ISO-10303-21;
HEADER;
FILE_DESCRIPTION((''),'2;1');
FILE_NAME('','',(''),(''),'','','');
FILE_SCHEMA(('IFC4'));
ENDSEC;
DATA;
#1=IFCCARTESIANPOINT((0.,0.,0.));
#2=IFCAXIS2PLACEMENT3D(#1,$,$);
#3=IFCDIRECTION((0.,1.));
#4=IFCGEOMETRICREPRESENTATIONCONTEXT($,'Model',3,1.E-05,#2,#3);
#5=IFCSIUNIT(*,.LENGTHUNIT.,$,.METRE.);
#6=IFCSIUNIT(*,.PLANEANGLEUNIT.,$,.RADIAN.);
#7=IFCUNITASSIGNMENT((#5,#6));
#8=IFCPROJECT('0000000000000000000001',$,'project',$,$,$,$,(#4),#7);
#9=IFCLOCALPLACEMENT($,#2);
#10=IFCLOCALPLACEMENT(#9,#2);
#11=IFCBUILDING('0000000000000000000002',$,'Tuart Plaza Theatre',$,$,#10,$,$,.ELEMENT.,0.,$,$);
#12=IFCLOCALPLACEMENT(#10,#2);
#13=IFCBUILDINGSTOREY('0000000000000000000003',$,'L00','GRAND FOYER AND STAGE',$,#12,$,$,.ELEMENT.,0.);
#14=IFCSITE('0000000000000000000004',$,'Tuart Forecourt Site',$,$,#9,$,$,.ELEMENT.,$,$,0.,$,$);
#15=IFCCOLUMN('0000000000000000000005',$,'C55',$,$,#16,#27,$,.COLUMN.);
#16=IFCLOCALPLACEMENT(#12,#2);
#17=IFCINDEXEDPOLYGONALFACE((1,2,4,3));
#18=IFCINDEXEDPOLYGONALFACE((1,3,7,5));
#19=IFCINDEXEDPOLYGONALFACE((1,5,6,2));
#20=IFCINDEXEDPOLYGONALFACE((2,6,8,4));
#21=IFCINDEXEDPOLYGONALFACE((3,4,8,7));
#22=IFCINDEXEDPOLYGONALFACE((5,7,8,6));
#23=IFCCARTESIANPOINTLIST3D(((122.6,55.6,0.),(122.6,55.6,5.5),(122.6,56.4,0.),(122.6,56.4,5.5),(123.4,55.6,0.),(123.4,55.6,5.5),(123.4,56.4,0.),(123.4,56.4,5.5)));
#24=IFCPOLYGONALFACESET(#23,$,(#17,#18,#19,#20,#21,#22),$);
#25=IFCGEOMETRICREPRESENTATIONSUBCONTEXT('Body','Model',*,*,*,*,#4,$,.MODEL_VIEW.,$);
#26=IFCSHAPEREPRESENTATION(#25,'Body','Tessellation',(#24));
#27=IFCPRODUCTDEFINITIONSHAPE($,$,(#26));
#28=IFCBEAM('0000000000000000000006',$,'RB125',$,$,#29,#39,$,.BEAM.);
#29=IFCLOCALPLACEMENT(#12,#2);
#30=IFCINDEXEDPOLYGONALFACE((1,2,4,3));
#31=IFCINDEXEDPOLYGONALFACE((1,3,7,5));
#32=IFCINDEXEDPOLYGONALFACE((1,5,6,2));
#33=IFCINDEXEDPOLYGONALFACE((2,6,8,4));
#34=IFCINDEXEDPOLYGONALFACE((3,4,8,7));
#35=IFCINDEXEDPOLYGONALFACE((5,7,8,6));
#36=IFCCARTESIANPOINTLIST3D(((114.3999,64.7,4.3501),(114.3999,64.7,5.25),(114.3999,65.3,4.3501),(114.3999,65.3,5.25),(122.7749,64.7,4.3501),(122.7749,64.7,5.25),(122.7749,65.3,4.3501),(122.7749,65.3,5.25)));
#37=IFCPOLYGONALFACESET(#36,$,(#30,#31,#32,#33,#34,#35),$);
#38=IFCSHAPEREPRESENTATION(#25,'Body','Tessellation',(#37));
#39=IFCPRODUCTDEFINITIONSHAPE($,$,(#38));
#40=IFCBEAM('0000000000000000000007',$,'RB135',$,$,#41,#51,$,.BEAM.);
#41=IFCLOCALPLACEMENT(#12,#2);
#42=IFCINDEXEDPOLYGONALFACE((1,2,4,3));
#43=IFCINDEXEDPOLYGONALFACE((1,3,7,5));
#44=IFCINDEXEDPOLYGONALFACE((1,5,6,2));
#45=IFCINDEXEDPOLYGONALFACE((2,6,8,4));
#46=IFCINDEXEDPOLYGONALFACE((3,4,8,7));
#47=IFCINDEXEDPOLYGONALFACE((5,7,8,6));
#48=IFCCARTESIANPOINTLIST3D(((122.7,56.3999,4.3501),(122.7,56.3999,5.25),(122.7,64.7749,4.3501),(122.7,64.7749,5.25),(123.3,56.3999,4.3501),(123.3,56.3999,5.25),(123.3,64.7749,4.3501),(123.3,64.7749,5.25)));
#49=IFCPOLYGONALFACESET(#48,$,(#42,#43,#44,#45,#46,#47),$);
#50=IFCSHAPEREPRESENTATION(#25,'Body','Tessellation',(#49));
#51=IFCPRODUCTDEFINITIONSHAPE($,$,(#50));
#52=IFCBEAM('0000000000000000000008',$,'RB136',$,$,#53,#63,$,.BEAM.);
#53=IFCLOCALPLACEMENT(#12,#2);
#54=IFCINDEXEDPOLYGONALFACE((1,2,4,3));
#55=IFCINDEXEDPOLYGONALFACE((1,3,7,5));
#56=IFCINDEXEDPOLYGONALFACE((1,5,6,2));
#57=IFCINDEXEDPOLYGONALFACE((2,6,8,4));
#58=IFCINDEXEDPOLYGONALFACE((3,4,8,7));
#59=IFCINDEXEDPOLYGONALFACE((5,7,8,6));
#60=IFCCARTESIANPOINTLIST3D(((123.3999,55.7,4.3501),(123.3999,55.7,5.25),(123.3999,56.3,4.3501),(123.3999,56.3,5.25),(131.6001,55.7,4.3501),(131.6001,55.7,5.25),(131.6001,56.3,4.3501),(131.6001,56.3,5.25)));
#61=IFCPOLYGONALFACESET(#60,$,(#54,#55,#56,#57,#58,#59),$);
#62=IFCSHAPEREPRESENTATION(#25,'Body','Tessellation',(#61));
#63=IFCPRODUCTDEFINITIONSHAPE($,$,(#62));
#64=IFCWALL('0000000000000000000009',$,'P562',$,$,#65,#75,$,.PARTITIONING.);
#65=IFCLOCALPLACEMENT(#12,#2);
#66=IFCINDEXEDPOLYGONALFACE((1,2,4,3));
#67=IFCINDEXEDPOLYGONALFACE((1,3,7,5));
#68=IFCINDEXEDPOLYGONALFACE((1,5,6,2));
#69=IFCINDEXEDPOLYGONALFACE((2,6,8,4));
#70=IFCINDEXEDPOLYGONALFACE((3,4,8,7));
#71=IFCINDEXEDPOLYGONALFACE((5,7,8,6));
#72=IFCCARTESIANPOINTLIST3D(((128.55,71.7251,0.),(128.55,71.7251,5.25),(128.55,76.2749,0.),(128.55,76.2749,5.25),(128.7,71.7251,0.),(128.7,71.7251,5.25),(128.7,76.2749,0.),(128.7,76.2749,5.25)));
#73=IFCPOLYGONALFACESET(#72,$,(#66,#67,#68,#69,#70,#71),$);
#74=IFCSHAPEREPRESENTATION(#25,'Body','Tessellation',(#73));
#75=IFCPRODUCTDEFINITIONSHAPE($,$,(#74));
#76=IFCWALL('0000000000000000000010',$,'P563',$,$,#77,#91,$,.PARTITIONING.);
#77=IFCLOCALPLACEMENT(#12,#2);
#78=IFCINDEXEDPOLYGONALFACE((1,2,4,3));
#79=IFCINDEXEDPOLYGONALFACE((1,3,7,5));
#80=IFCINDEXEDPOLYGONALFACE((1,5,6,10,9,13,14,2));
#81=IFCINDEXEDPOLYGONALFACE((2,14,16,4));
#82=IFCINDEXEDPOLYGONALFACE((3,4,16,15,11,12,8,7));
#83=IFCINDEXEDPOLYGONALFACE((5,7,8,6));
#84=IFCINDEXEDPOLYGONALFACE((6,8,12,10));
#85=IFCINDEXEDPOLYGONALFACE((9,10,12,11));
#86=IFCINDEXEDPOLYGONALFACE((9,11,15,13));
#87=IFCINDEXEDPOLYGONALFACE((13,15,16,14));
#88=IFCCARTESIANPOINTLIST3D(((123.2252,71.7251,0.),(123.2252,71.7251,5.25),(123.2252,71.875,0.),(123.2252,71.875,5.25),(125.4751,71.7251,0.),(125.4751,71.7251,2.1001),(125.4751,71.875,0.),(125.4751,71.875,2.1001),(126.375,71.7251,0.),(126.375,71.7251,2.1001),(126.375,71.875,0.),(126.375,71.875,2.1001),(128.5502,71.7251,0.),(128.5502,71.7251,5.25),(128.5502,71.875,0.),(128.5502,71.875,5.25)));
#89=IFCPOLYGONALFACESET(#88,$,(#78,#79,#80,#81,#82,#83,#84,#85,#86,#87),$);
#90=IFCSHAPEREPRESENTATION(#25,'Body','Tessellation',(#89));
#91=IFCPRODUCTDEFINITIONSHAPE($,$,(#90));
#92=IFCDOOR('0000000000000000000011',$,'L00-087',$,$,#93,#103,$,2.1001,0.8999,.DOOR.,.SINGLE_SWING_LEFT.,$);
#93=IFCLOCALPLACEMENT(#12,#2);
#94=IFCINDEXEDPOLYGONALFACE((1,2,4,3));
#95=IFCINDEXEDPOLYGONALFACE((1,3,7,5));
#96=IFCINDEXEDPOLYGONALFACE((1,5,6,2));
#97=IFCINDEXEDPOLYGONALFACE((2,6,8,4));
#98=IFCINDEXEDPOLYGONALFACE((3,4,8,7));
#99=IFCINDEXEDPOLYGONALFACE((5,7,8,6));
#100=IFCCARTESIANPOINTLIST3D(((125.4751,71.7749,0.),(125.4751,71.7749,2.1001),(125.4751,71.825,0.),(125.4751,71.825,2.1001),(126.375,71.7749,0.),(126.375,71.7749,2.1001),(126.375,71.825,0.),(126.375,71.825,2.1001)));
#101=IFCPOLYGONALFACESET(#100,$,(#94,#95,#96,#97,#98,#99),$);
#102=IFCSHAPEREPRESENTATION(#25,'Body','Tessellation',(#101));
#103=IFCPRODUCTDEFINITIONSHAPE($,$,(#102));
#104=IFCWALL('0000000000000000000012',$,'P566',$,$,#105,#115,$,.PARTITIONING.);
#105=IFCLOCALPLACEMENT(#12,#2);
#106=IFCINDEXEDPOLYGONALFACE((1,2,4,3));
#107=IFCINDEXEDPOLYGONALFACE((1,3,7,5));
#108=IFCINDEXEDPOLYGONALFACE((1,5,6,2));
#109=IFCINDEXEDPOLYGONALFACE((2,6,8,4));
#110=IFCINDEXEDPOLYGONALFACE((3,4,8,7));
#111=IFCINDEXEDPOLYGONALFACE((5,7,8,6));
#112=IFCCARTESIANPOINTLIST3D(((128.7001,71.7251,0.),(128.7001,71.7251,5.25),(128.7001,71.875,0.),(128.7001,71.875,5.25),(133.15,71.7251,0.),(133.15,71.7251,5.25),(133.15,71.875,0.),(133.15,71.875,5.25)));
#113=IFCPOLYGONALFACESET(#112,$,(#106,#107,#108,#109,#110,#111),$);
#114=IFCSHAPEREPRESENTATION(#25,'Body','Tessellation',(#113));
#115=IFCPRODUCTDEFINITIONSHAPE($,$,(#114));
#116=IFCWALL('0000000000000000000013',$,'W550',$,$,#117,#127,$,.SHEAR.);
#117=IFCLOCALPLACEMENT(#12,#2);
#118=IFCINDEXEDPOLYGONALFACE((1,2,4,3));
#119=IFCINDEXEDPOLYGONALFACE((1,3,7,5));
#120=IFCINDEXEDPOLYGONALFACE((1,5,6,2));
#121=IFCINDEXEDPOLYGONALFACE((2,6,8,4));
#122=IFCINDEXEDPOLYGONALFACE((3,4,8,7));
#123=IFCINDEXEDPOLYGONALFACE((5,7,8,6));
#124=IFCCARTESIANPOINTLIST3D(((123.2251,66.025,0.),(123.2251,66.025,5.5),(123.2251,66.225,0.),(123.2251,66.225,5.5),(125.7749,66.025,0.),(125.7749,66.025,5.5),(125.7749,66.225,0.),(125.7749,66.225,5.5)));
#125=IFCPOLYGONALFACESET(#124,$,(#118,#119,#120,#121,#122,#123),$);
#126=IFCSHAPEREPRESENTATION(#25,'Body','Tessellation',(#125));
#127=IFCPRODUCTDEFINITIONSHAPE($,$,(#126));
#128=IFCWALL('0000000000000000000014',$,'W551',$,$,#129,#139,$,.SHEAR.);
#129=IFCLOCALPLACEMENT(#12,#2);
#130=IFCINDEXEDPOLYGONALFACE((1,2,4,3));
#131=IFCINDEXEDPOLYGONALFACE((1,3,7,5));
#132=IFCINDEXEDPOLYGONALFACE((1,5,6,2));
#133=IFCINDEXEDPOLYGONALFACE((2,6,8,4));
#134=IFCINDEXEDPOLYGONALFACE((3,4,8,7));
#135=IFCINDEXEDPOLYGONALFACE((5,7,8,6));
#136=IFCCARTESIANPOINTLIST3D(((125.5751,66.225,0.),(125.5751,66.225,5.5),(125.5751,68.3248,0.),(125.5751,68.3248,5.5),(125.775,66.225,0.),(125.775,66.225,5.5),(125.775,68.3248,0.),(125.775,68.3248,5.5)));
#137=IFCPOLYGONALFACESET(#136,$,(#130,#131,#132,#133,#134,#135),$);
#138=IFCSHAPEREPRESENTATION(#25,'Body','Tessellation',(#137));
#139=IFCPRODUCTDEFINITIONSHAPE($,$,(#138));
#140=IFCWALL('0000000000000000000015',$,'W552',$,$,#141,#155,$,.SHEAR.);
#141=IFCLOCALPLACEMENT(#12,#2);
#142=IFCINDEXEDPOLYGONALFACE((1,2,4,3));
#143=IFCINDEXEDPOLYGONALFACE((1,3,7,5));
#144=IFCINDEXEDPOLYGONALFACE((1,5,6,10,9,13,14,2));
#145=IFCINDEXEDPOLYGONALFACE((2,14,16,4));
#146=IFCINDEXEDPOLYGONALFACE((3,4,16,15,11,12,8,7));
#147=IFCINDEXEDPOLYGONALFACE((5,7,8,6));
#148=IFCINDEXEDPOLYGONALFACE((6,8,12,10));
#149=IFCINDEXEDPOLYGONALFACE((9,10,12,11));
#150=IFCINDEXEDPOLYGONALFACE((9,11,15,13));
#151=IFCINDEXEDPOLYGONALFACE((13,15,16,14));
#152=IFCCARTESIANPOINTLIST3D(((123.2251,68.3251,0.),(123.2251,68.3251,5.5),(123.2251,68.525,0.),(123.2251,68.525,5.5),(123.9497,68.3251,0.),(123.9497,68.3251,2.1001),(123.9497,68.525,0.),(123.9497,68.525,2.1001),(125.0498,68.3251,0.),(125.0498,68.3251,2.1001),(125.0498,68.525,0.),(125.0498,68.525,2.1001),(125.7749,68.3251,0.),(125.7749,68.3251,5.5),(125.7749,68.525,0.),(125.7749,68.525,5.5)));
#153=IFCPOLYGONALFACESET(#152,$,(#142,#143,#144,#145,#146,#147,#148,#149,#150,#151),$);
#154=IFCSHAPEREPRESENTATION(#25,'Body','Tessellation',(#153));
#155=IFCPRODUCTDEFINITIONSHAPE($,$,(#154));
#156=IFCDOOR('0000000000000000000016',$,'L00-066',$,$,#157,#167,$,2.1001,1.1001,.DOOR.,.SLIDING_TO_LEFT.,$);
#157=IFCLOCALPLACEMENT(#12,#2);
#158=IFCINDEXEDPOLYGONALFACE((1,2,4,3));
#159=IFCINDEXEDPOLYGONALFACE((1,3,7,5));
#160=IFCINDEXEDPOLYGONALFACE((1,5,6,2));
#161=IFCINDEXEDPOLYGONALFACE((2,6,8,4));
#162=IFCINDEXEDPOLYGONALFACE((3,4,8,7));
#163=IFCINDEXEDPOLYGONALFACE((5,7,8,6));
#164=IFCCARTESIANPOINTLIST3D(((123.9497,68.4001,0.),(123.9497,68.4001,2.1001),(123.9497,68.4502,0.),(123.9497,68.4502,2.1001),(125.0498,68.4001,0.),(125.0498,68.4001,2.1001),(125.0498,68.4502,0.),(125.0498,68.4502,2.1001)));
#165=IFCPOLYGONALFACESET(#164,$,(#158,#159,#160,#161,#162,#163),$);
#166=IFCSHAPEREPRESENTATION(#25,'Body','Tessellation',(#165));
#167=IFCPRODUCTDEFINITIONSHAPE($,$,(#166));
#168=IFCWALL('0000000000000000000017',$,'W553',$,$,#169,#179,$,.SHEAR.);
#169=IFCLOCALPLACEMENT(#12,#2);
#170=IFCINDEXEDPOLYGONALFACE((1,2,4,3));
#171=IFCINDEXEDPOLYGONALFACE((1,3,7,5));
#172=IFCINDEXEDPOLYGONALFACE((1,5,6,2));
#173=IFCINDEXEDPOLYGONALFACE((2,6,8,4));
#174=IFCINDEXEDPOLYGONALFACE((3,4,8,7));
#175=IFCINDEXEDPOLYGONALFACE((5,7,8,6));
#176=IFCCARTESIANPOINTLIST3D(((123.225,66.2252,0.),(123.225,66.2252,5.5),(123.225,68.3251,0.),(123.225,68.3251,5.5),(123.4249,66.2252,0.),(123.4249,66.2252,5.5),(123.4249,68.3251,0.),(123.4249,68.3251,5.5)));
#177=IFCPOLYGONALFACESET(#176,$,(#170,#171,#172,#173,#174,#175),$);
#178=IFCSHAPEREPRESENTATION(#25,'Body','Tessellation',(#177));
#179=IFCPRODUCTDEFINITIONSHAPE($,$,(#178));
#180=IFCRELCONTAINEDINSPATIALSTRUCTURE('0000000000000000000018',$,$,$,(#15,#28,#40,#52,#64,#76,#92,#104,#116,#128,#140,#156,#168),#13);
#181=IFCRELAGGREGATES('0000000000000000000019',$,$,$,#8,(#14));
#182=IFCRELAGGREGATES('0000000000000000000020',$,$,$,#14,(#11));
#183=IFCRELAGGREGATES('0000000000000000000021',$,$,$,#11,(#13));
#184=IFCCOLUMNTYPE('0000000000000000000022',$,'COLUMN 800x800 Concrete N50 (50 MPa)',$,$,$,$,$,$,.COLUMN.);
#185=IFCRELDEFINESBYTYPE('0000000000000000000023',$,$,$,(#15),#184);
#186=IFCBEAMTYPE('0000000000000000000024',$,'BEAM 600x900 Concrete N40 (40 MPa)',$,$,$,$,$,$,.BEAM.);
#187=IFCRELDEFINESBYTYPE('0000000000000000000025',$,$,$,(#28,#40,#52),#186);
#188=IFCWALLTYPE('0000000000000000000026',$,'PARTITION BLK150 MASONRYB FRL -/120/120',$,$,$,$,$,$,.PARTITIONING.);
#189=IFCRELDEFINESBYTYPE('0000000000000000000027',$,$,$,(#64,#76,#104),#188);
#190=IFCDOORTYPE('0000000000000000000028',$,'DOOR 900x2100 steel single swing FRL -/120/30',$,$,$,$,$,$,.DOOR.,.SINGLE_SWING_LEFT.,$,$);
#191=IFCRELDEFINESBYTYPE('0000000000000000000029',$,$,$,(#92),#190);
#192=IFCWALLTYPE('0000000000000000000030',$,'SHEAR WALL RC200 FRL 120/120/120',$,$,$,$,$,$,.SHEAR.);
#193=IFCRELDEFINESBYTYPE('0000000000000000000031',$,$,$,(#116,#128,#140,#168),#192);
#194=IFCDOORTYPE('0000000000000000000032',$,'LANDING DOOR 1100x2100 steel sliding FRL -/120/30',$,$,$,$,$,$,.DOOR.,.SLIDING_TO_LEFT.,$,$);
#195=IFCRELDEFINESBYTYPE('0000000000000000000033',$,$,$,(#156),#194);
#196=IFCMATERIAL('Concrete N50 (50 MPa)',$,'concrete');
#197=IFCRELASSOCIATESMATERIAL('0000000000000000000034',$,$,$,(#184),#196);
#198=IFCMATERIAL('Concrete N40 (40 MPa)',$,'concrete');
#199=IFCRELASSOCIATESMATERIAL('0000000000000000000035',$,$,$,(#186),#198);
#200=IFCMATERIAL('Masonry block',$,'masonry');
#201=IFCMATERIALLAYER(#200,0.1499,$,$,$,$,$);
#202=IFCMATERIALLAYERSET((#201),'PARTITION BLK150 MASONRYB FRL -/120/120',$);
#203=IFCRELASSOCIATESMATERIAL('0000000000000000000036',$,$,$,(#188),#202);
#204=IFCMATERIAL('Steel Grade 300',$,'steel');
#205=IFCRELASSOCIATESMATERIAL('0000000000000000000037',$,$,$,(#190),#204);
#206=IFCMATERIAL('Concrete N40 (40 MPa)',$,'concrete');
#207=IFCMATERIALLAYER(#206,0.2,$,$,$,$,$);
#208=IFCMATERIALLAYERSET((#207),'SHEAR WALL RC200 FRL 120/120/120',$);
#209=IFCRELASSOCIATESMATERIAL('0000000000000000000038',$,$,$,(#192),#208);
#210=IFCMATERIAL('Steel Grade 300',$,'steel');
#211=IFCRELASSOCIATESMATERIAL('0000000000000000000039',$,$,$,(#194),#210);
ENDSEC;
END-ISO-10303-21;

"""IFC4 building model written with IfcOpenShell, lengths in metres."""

from ifc_helpers import new_model, si_unit, direction, frame, frame_2d, origin, origin_2d, place, context, subcontext, project, spatial, rectangle, extrude, material, layer, layer_set, material_profile, profile_set, type_object, element, fill, save


model = new_model("IFC4")

# Units and contexts
model_context = context("Model", 3, precision=1e-05, world=origin(), true_north=direction((0.0, 1.0)))
body_context = subcontext(model_context, "Body", "Model", "MODEL_VIEW")
ifc_project = project(units=[si_unit("LENGTHUNIT", "METRE"), si_unit("PLANEANGLEUNIT", "RADIAN")], contexts=[model_context])

# Site, building, storey
site_placement = place(None, origin())
site = spatial("IfcSite", under=ifc_project, at=site_placement, Name="Tuart Forecourt Site", CompositionType="ELEMENT", RefElevation=0.0)
building_placement = place(site_placement, origin())
building = spatial("IfcBuilding", under=site, at=building_placement, Name="Tuart Plaza Theatre", CompositionType="ELEMENT", ElevationOfRefHeight=0.0)
storey_placement = place(building_placement, origin())
storey = spatial("IfcBuildingStorey", under=building, at=storey_placement, Name="L00", Description="GRAND FOYER AND STAGE", CompositionType="ELEMENT", Elevation=0.0)

# Column
ifc_material_1 = material(Name="Concrete N50 (50 MPa)", Category="concrete")
ifc_material_profile_1 = material_profile(ifc_material_1, rectangle(XDim=0.8, YDim=0.8, at=origin_2d()), Name="COLUMN 800x800 Concrete N50 (50 MPa)")
ifc_profile_set_1 = profile_set([ifc_material_profile_1], Name="Concrete N50 (50 MPa)")
column_type = type_object("IfcColumnType", Name="COLUMN 800x800 Concrete N50 (50 MPa)", PredefinedType="COLUMN", material=ifc_profile_set_1)
column_placement = place(storey_placement, frame((123.0, 56.0, 0.0), z_axis=(0.0, 0.0, 1.0), x_axis=(1.0, 0.0, 0.0)))
element("IfcColumn", 1, at=column_placement, inside=storey, type_object=column_type, Name="C55", PredefinedType="COLUMN", context=body_context, shape_type="SweptSolid", body=[
    extrude(rectangle(XDim=0.8, YDim=0.8, at=origin_2d()), origin(), (0.0, 0.0, 1.0), 5.5),
])

# Beams
ifc_material_2 = material(Name="Concrete N40 (40 MPa)", Category="concrete")
ifc_material_profile_2 = material_profile(ifc_material_2, rectangle(XDim=0.6001, YDim=0.8999, at=origin_2d()), Name="BEAM 600x900 Concrete N40 (40 MPa)")
ifc_profile_set_2 = profile_set([ifc_material_profile_2], Name="Concrete N40 (40 MPa)")
beam_type = type_object("IfcBeamType", Name="BEAM 600x900 Concrete N40 (40 MPa)", PredefinedType="BEAM", material=ifc_profile_set_2)
for number, where, z_axis, x_axis, name in (
    (2, (114.3999, 65.0, 4.8), (1.0, 0.0, 0.0), (0.0, 1.0, 0.0), "RB125"),
    (3, (123.0, 56.3999, 4.8), (0.0, 1.0, 0.0), (-1.0, 0.0, 0.0), "RB135"),
):
    element("IfcBeam", number, at=place(storey_placement, frame(where, z_axis=z_axis, x_axis=x_axis)), inside=storey, type_object=beam_type, Name=name, PredefinedType="BEAM", context=body_context, shape_type="SweptSolid", body=[
        extrude(rectangle(XDim=0.6001, YDim=0.8999, at=origin_2d()), origin(), (0.0, 0.0, 1.0), 8.375),
    ])
beam_placement = place(storey_placement, frame((123.3999, 56.0, 4.8), z_axis=(1.0, 0.0, 0.0), x_axis=(0.0, 1.0, 0.0)))
element("IfcBeam", 4, at=beam_placement, inside=storey, type_object=beam_type, Name="RB136", PredefinedType="BEAM", context=body_context, shape_type="SweptSolid", body=[
    extrude(rectangle(XDim=0.6001, YDim=0.8999, at=origin_2d()), origin(), (0.0, 0.0, 1.0), 8.2002),
])

# Wall
ifc_material_3 = material(Name="Masonry block", Category="masonry")
ifc_layer_1 = layer(ifc_material_3, 0.1499)
ifc_layer_set_1 = layer_set([ifc_layer_1], Name="PARTITION BLK150 MASONRYB FRL -/120/120")
wall_type_1 = type_object("IfcWallType", Name="PARTITION BLK150 MASONRYB FRL -/120/120", PredefinedType="PARTITIONING", material=ifc_layer_set_1)
wall_1_placement = place(storey_placement, frame((128.625, 71.7251, 0.0), z_axis=(0.0, 0.0, 1.0), x_axis=(0.0, 1.0, 0.0)))
element("IfcWall", 5, at=wall_1_placement, inside=storey, type_object=wall_type_1, Name="P562", PredefinedType="PARTITIONING", context=body_context, shape_type="SweptSolid", body=[
    extrude(rectangle(XDim=4.5498, YDim=0.1499, at=frame_2d((2.2749, 0.0))), origin(), (0.0, 0.0, 1.0), 5.25),
])

# Wall, opening, door
wall_2_placement = place(storey_placement, frame((123.2251, 71.8, 0.0), z_axis=(0.0, 0.0, 1.0), x_axis=(1.0, 0.0, 0.0)))
wall_2 = element("IfcWall", 6, at=wall_2_placement, inside=storey, type_object=wall_type_1, Name="P563", PredefinedType="PARTITIONING", context=body_context, shape_type="SweptSolid", body=[
    extrude(rectangle(XDim=5.325, YDim=0.1499, at=frame_2d((2.6626, 0.0))), origin(), (0.0, 0.0, 1.0), 5.25),
])
opening_1_placement = place(wall_2_placement, frame((2.25, 0.0, 0.0)))
opening_1 = element("IfcOpeningElement", 7, at=opening_1_placement, cuts=wall_2, PredefinedType="OPENING", context=body_context, shape_type="SweptSolid", body=[
    extrude(rectangle(XDim=0.8999, YDim=2.1001, at=frame_2d((0.45, 1.05))), frame((0.0, 0.085, 0.0), z_axis=(0.0, -1.0, 0.0), x_axis=(1.0, 0.0, 0.0)), (0.0, 0.0, 1.0), 0.1699),
])
ifc_material_4 = material(Name="Steel Grade 300", Category="steel")
door_type_1 = type_object("IfcDoorType", Name="DOOR 900x2100 steel single swing FRL -/120/30", OperationType="SINGLE_SWING_LEFT", PredefinedType="DOOR", material=ifc_material_4)
door_1_placement = place(opening_1_placement, origin())
door_1 = element("IfcDoor", 8, at=door_1_placement, inside=storey, type_object=door_type_1, Name="L00-087", OperationType="SINGLE_SWING_LEFT", OverallHeight=2.1001, OverallWidth=0.8999, PredefinedType="DOOR", context=body_context, shape_type="SweptSolid", body=[
    extrude(rectangle(XDim=0.8999, YDim=2.1001, at=frame_2d((0.45, 1.05))), frame((0.0, 0.0249, 0.0), z_axis=(0.0, -1.0, 0.0), x_axis=(1.0, 0.0, 0.0)), (0.0, 0.0, 1.0), 0.05),
])
fill(opening_1, door_1)

# Walls
wall_3_placement = place(storey_placement, frame((128.7, 71.8, 0.0), z_axis=(0.0, 0.0, 1.0), x_axis=(1.0, 0.0, 0.0)))
element("IfcWall", 9, at=wall_3_placement, inside=storey, type_object=wall_type_1, Name="P566", PredefinedType="PARTITIONING", context=body_context, shape_type="SweptSolid", body=[
    extrude(rectangle(XDim=4.45, YDim=0.1499, at=frame_2d((2.2251, 0.0))), origin(), (0.0, 0.0, 1.0), 5.25),
])
ifc_material_5 = material(Name="Concrete N40 (40 MPa)", Category="concrete")
ifc_layer_2 = layer(ifc_material_5, 0.2)
ifc_layer_set_2 = layer_set([ifc_layer_2], Name="SHEAR WALL RC200 FRL 120/120/120")
wall_type_2 = type_object("IfcWallType", Name="SHEAR WALL RC200 FRL 120/120/120", PredefinedType="SHEAR", material=ifc_layer_set_2)
wall_4_placement = place(storey_placement, frame((123.2251, 66.125, 0.0), z_axis=(0.0, 0.0, 1.0), x_axis=(1.0, 0.0, 0.0)))
element("IfcWall", 10, at=wall_4_placement, inside=storey, type_object=wall_type_2, Name="W550", PredefinedType="SHEAR", context=body_context, shape_type="SweptSolid", body=[
    extrude(rectangle(XDim=2.5498, YDim=0.2, at=frame_2d((1.2749, 0.0))), origin(), (0.0, 0.0, 1.0), 5.5),
])
wall_5_placement = place(storey_placement, frame((125.675, 66.2251, 0.0), z_axis=(0.0, 0.0, 1.0), x_axis=(0.0, 1.0, 0.0)))
element("IfcWall", 11, at=wall_5_placement, inside=storey, type_object=wall_type_2, Name="W551", PredefinedType="SHEAR", context=body_context, shape_type="SweptSolid", body=[
    extrude(rectangle(XDim=2.0999, YDim=0.2, at=frame_2d((1.0498, 0.0))), origin(), (0.0, 0.0, 1.0), 5.5),
])

# Wall, opening, door
wall_6_placement = place(storey_placement, frame((125.7749, 68.425, 0.0), z_axis=(0.0, 0.0, 1.0), x_axis=(-1.0, 0.0, 0.0)))
wall_6 = element("IfcWall", 12, at=wall_6_placement, inside=storey, type_object=wall_type_2, Name="W552", PredefinedType="SHEAR", context=body_context, shape_type="SweptSolid", body=[
    extrude(rectangle(XDim=2.5498, YDim=0.2, at=frame_2d((1.2749, 0.0))), origin(), (0.0, 0.0, 1.0), 5.5),
])
opening_2_placement = place(wall_6_placement, frame((0.7251, 0.0, 0.0)))
opening_2 = element("IfcOpeningElement", 13, at=opening_2_placement, cuts=wall_6, PredefinedType="OPENING", context=body_context, shape_type="SweptSolid", body=[
    extrude(rectangle(XDim=1.1001, YDim=2.1001, at=frame_2d((0.55, 1.05))), frame((0.0, 0.1099, 0.0), z_axis=(0.0, -1.0, 0.0), x_axis=(1.0, 0.0, 0.0)), (0.0, 0.0, 1.0), 0.22),
])
ifc_material_6 = material(Name="Steel Grade 300", Category="steel")
door_type_2 = type_object("IfcDoorType", Name="LANDING DOOR 1100x2100 steel sliding FRL -/120/30", OperationType="SLIDING_TO_LEFT", PredefinedType="DOOR", material=ifc_material_6)
door_2_placement = place(opening_2_placement, origin())
door_2 = element("IfcDoor", 14, at=door_2_placement, inside=storey, type_object=door_type_2, Name="L00-066", OperationType="SLIDING_TO_LEFT", OverallHeight=2.1001, OverallWidth=1.1001, PredefinedType="DOOR", context=body_context, shape_type="SweptSolid", body=[
    extrude(rectangle(XDim=1.1001, YDim=2.1001, at=frame_2d((0.55, 1.05))), frame((0.0, 0.0249, 0.0), z_axis=(0.0, -1.0, 0.0), x_axis=(1.0, 0.0, 0.0)), (0.0, 0.0, 1.0), 0.05),
])
fill(opening_2, door_2)

# Wall
wall_7_placement = place(storey_placement, frame((123.325, 68.325, 0.0), z_axis=(0.0, 0.0, 1.0), x_axis=(0.0, -1.0, 0.0)))
element("IfcWall", 15, at=wall_7_placement, inside=storey, type_object=wall_type_2, Name="W553", PredefinedType="SHEAR", context=body_context, shape_type="SweptSolid", body=[
    extrude(rectangle(XDim=2.0999, YDim=0.2, at=frame_2d((1.0498, 0.0))), origin(), (0.0, 0.0, 1.0), 5.5),
])

save(model, "model.ifc")
